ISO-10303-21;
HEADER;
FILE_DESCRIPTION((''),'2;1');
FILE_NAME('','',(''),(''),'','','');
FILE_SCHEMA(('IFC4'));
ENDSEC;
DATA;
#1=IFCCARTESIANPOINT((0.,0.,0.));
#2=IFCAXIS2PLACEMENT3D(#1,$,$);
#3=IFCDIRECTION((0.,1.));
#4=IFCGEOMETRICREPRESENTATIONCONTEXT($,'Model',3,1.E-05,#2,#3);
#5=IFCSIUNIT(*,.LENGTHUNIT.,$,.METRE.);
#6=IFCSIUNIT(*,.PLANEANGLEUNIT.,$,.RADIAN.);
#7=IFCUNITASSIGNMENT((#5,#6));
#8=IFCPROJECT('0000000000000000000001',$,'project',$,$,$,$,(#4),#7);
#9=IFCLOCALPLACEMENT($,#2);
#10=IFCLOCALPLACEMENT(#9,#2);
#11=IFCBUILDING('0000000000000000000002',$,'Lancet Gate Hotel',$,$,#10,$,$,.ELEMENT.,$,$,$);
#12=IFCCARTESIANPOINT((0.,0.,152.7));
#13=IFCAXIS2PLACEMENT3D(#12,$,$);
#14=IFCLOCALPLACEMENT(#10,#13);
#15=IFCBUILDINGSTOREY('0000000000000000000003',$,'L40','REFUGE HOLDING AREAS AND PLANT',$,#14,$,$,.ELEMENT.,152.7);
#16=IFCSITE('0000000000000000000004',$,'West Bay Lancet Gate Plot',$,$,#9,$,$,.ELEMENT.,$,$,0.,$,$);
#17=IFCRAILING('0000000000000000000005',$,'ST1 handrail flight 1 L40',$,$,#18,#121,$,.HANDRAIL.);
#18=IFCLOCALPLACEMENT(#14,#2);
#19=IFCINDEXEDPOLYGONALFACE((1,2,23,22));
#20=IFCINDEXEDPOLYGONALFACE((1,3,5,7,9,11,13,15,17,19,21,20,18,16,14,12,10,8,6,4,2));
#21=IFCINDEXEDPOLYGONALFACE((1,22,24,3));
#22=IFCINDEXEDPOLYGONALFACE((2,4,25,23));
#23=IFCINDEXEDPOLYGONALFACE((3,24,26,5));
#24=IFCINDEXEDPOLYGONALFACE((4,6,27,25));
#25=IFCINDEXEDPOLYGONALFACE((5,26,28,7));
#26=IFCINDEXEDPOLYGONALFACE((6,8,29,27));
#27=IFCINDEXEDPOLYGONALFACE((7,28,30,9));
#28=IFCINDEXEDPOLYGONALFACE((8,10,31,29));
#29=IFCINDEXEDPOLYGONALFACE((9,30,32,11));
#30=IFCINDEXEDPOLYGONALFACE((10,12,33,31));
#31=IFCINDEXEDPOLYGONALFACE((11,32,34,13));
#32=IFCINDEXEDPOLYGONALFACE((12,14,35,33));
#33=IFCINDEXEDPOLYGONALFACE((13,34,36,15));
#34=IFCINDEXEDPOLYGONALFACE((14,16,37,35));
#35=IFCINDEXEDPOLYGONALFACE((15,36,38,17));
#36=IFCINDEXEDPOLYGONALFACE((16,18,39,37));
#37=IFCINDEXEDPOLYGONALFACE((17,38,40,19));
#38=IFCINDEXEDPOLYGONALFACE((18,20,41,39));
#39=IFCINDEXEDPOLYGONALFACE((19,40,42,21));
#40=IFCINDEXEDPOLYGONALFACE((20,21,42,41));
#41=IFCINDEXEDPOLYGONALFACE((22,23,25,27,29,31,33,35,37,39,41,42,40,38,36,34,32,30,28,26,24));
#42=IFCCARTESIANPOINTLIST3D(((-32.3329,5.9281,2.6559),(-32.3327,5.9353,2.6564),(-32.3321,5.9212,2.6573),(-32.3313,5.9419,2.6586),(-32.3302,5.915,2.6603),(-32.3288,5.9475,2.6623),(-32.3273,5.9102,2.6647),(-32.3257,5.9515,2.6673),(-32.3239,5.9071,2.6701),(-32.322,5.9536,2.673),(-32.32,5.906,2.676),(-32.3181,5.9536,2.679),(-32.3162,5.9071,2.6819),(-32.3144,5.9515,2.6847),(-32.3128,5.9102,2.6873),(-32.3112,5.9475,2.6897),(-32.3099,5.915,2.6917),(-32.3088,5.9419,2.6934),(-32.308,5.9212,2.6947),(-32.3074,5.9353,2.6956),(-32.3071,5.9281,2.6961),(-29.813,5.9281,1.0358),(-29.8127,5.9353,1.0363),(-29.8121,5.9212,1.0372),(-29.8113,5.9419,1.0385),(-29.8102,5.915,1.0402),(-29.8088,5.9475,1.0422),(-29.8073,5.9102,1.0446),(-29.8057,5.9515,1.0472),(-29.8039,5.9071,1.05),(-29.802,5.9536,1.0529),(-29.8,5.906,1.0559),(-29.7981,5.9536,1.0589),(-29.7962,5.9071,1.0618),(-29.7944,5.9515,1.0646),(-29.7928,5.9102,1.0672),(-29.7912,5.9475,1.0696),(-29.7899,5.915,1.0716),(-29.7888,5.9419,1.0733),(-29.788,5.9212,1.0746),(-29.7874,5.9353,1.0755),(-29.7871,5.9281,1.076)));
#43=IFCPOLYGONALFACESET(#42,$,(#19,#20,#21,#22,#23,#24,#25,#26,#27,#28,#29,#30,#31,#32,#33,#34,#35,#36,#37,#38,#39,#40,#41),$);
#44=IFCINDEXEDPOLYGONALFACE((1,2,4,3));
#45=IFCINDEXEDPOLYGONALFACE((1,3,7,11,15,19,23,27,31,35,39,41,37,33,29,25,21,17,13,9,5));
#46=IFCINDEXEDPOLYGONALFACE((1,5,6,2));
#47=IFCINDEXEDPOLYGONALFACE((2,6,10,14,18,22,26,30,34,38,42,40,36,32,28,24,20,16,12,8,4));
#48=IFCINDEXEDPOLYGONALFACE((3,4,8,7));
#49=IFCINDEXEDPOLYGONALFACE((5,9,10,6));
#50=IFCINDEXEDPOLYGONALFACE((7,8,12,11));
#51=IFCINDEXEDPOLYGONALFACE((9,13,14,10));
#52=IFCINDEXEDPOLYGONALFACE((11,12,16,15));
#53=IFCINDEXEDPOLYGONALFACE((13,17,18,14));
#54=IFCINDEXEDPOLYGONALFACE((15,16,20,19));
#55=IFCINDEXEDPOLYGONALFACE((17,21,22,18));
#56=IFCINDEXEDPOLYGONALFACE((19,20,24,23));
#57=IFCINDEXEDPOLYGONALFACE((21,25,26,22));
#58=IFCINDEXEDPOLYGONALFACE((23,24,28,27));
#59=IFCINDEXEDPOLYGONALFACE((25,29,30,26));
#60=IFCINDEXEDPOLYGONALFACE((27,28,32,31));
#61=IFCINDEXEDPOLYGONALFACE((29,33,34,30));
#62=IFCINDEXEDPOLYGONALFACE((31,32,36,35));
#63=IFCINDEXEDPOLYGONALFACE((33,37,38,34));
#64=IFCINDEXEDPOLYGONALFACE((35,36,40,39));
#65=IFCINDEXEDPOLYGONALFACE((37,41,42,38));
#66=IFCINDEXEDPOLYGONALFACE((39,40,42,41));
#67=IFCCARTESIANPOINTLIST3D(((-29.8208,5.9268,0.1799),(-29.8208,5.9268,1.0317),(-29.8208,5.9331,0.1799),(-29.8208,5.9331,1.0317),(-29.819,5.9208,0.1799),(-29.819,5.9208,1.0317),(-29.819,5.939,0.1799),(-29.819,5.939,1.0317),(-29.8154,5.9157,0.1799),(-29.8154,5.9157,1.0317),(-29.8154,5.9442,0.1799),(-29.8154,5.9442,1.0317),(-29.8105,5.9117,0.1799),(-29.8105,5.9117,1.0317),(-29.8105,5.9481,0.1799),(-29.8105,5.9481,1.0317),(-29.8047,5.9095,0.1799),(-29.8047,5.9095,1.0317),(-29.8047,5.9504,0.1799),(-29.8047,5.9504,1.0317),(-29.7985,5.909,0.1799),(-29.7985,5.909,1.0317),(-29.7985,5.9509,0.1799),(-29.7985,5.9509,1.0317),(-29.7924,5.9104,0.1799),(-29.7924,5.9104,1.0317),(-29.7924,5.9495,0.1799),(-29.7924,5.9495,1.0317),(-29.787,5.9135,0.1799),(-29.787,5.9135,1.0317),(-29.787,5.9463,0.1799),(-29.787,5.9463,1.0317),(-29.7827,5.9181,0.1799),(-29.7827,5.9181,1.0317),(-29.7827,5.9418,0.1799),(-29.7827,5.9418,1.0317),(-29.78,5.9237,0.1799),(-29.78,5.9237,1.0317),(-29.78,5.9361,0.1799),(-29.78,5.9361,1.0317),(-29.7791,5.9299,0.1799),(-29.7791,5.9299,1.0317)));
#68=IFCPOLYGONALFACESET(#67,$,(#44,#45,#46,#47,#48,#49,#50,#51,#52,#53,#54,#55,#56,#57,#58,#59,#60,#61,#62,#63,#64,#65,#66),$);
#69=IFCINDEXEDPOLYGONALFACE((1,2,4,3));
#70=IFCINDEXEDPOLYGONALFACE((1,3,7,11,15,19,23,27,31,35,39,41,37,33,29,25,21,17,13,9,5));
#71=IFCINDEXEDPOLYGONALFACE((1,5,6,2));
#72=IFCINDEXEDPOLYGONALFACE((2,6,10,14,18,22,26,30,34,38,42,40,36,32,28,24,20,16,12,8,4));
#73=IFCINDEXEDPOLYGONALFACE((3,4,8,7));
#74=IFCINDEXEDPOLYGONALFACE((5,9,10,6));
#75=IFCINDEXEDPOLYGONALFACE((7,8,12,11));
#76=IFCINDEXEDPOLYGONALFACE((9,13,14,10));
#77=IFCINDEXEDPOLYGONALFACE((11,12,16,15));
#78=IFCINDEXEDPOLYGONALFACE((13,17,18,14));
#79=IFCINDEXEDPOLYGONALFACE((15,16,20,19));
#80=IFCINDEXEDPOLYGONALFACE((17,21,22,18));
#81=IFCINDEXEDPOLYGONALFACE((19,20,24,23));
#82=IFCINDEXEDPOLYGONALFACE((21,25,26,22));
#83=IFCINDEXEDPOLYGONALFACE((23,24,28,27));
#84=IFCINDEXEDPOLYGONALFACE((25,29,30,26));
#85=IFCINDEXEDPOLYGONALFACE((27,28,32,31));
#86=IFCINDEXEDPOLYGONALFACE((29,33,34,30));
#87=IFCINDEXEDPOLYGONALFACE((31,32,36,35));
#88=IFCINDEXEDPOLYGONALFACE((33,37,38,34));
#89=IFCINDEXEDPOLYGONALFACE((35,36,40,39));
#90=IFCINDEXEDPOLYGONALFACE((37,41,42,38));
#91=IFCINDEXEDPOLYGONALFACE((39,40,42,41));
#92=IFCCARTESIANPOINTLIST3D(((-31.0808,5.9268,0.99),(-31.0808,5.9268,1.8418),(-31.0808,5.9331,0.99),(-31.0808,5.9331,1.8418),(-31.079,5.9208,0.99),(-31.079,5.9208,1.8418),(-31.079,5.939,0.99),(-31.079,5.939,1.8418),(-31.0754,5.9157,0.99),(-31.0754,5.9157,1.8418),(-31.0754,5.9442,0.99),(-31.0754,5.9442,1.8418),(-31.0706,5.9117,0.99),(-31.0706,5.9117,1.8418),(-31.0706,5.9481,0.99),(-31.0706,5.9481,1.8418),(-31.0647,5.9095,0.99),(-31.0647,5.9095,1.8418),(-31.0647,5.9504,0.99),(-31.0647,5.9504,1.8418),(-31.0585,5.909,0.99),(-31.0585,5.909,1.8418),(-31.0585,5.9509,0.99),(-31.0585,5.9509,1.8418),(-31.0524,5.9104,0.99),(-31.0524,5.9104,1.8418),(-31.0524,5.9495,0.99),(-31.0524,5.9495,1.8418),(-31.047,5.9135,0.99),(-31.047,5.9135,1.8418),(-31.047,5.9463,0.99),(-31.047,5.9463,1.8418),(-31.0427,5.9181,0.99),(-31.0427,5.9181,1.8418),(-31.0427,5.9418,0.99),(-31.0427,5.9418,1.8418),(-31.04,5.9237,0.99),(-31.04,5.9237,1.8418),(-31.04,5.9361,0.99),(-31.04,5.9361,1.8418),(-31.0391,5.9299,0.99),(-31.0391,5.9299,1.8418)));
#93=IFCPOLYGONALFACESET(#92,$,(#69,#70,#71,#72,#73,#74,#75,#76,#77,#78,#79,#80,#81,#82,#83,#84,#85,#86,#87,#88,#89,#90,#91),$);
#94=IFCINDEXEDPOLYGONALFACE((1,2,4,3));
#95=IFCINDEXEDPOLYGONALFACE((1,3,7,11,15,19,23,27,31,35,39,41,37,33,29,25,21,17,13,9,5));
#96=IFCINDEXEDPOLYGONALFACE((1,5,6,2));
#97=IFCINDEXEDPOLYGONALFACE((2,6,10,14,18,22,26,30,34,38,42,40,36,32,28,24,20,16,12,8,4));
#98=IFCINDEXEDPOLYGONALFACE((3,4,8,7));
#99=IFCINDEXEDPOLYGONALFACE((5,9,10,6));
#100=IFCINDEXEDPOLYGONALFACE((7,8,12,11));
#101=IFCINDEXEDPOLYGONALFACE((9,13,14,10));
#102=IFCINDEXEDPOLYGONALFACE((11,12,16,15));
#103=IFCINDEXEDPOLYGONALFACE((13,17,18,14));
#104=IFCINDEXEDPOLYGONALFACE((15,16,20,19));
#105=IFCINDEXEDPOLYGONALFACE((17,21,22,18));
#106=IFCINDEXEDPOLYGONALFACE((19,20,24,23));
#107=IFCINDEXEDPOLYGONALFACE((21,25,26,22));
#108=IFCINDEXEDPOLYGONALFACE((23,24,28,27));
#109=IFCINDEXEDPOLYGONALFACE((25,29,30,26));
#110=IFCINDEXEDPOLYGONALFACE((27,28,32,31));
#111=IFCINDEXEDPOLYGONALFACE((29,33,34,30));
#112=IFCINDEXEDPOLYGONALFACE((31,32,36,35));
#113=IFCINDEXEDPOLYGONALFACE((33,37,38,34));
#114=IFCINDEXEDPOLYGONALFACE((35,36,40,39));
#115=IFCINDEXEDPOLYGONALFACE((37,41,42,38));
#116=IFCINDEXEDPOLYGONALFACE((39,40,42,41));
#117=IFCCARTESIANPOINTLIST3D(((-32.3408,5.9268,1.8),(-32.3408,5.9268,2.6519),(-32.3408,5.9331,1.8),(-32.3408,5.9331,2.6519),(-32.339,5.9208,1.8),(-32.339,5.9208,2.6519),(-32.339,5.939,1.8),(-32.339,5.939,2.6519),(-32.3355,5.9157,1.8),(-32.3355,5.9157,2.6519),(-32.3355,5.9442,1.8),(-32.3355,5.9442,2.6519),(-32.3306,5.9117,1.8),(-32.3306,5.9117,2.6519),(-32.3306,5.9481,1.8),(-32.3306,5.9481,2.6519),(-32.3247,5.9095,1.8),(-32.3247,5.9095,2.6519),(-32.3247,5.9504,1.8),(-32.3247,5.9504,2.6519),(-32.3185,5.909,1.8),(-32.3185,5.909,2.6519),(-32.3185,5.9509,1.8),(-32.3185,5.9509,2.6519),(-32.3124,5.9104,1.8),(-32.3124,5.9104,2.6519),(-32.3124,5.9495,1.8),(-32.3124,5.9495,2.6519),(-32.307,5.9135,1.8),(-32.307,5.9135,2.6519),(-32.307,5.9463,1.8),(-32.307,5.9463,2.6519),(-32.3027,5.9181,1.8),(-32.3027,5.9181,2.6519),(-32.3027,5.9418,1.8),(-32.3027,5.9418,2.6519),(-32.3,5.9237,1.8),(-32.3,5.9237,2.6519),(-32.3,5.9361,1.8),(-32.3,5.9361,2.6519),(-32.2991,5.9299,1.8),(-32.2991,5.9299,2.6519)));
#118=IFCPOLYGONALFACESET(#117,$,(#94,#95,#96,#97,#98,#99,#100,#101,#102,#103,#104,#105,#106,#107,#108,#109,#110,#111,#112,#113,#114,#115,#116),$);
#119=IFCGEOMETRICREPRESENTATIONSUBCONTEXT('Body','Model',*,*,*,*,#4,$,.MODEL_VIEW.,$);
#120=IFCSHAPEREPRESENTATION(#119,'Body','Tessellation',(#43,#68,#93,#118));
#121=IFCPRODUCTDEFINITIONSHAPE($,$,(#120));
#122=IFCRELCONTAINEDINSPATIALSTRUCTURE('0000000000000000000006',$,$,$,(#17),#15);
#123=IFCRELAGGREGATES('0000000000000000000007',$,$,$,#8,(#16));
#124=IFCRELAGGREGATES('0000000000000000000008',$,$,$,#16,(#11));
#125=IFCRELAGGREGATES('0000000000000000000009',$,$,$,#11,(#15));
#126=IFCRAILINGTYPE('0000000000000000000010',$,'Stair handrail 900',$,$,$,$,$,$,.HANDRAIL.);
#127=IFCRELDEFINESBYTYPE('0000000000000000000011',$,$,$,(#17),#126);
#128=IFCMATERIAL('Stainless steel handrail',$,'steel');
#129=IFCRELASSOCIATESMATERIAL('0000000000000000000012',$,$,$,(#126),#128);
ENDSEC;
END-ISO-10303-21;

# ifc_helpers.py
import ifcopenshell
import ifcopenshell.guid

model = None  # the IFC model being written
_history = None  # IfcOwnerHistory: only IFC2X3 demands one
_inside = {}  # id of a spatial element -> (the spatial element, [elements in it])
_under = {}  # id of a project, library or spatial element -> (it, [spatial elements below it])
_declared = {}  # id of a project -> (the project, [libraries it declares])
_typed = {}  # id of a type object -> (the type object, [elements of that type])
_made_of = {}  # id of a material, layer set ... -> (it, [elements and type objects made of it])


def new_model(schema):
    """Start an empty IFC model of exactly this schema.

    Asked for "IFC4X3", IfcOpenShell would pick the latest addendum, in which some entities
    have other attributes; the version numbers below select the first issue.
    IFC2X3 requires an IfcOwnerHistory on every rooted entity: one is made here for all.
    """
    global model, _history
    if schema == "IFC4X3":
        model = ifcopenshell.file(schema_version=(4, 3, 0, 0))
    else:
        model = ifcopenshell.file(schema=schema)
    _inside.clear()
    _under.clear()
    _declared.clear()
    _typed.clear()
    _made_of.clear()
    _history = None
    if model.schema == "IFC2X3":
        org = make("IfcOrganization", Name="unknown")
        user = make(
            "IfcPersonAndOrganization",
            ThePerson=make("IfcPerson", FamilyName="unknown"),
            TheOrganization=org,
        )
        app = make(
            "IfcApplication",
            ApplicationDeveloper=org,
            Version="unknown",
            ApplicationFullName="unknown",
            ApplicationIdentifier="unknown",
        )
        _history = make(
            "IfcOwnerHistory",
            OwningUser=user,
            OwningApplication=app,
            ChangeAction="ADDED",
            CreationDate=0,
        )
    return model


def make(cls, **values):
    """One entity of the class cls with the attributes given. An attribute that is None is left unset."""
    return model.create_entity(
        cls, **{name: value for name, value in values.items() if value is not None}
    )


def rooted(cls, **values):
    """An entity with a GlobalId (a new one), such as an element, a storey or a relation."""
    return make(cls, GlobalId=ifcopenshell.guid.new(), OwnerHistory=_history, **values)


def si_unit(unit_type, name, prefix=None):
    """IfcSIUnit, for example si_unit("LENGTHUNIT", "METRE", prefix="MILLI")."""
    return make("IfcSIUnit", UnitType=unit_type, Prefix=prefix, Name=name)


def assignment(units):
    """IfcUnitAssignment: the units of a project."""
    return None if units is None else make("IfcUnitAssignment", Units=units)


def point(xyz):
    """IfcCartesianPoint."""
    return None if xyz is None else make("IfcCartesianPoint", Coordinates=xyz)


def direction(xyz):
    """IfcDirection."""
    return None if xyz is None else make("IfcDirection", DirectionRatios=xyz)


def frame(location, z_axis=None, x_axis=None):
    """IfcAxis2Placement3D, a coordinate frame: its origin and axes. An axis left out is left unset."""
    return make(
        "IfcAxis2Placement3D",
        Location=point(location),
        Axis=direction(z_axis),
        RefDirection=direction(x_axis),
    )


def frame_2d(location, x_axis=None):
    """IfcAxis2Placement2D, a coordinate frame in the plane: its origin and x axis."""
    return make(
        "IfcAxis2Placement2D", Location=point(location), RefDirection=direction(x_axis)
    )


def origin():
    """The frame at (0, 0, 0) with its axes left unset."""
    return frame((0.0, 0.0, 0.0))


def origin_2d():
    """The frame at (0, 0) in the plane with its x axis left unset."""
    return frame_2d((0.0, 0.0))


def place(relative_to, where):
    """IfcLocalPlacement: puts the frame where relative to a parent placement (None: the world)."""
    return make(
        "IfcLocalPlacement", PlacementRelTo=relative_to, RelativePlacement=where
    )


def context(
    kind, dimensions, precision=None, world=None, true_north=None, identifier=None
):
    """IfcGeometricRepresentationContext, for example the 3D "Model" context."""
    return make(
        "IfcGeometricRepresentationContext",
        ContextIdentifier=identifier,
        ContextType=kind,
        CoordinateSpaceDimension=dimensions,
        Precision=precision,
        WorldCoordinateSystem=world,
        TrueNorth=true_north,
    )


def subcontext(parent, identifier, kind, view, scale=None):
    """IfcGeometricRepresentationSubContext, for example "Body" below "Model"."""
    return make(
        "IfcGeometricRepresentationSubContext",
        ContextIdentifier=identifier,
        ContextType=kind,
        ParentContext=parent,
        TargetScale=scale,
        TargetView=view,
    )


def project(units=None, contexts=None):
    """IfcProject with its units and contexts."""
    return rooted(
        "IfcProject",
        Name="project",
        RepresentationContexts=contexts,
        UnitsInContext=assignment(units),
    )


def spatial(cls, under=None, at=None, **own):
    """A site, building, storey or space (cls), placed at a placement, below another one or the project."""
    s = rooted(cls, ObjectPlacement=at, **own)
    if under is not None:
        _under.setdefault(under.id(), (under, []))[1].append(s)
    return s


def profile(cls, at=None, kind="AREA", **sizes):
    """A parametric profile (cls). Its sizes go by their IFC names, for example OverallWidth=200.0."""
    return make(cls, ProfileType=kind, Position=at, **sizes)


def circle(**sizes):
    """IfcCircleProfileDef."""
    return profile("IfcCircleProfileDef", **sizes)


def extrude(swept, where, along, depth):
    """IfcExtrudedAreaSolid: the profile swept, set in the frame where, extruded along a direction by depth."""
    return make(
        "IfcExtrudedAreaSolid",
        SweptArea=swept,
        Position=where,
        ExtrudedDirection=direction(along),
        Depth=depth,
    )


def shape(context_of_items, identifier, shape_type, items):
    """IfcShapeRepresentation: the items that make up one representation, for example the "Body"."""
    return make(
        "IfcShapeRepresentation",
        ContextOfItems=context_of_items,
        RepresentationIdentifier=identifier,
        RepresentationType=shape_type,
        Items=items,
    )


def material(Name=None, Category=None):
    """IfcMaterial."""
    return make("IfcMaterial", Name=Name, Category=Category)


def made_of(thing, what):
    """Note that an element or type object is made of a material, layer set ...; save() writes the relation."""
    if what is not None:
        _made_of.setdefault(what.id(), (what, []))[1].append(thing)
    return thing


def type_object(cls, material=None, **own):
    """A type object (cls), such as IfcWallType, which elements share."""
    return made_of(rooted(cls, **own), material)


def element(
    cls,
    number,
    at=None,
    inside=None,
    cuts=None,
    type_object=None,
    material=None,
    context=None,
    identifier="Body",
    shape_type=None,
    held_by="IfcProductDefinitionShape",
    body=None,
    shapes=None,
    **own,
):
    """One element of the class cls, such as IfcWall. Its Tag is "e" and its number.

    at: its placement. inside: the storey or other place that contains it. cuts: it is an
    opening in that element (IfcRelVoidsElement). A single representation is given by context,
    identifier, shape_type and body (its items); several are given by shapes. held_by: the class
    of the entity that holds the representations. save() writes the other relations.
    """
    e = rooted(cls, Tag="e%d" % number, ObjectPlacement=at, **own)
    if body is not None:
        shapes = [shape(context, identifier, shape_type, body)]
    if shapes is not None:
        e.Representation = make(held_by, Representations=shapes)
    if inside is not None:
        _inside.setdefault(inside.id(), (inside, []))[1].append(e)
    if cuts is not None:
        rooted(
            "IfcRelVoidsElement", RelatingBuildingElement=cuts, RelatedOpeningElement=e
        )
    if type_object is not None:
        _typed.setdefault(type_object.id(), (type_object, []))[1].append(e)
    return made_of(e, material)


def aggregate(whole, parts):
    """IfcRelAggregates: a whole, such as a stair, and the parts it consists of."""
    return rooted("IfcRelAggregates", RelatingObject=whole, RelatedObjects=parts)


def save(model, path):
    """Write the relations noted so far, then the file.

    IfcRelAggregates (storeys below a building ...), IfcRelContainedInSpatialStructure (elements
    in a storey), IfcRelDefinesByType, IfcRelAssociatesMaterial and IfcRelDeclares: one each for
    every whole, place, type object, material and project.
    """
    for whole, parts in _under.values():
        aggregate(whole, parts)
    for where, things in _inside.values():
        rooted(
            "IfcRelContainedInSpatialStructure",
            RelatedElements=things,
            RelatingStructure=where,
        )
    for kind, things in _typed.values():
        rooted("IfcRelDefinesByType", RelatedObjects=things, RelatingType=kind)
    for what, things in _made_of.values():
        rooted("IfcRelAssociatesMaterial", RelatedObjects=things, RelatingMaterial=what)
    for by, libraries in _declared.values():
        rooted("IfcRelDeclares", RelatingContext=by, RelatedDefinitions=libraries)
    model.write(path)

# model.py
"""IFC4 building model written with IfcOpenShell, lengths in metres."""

from ifc_helpers import new_model, si_unit, direction, frame, origin, origin_2d, place, context, subcontext, project, spatial, circle, extrude, material, type_object, element, save


model = new_model("IFC4")

# Units and contexts
model_context = context("Model", 3, precision=1e-05, world=origin(), true_north=direction((0.0, 1.0)))
body_context = subcontext(model_context, "Body", "Model", "MODEL_VIEW")
ifc_project = project(units=[si_unit("LENGTHUNIT", "METRE"), si_unit("PLANEANGLEUNIT", "RADIAN")], contexts=[model_context])

# Site, building, storey
site_placement = place(None, origin())
site = spatial("IfcSite", under=ifc_project, at=site_placement, Name="West Bay Lancet Gate Plot", CompositionType="ELEMENT", RefElevation=0.0)
building_placement = place(site_placement, origin())
building = spatial("IfcBuilding", under=site, at=building_placement, Name="Lancet Gate Hotel", CompositionType="ELEMENT")
storey_placement = place(building_placement, frame((0.0, 0.0, 152.7)))
storey = spatial("IfcBuildingStorey", under=building, at=storey_placement, Name="L40", Description="REFUGE HOLDING AREAS AND PLANT", CompositionType="ELEMENT", Elevation=152.7)

# Railing
ifc_material_1 = material(Name="Stainless steel handrail", Category="steel")
railing_type = type_object("IfcRailingType", Name="Stair handrail 900", PredefinedType="HANDRAIL", material=ifc_material_1)
railing_1_placement = place(storey_placement, frame((-29.8, 5.9299, 0.1799)))
element("IfcRailing", 1, at=railing_1_placement, inside=storey, type_object=railing_type, Name="ST1 handrail flight 1 L40", PredefinedType="HANDRAIL", context=body_context, shape_type="SweptSolid", body=[
    extrude(circle(Radius=0.0239, at=origin_2d()), frame((0.0, 0.0, 0.876), z_axis=(-0.841163, 0.0, 0.540782), x_axis=(0.0, -1.0, 0.0)), (0.0, 0.0, 1.0), 2.9958),
    extrude(circle(Radius=0.021, at=origin_2d()), origin(), (0.0, 0.0, 1.0), 0.8518),
    extrude(circle(Radius=0.021, at=origin_2d()), frame((-1.26, 0.0, 0.8101)), (0.0, 0.0, 1.0), 0.8518),
    extrude(circle(Radius=0.021, at=origin_2d()), frame((-2.52, 0.0, 1.6201)), (0.0, 0.0, 1.0), 0.8518),
])

save(model, "model.ifc")
